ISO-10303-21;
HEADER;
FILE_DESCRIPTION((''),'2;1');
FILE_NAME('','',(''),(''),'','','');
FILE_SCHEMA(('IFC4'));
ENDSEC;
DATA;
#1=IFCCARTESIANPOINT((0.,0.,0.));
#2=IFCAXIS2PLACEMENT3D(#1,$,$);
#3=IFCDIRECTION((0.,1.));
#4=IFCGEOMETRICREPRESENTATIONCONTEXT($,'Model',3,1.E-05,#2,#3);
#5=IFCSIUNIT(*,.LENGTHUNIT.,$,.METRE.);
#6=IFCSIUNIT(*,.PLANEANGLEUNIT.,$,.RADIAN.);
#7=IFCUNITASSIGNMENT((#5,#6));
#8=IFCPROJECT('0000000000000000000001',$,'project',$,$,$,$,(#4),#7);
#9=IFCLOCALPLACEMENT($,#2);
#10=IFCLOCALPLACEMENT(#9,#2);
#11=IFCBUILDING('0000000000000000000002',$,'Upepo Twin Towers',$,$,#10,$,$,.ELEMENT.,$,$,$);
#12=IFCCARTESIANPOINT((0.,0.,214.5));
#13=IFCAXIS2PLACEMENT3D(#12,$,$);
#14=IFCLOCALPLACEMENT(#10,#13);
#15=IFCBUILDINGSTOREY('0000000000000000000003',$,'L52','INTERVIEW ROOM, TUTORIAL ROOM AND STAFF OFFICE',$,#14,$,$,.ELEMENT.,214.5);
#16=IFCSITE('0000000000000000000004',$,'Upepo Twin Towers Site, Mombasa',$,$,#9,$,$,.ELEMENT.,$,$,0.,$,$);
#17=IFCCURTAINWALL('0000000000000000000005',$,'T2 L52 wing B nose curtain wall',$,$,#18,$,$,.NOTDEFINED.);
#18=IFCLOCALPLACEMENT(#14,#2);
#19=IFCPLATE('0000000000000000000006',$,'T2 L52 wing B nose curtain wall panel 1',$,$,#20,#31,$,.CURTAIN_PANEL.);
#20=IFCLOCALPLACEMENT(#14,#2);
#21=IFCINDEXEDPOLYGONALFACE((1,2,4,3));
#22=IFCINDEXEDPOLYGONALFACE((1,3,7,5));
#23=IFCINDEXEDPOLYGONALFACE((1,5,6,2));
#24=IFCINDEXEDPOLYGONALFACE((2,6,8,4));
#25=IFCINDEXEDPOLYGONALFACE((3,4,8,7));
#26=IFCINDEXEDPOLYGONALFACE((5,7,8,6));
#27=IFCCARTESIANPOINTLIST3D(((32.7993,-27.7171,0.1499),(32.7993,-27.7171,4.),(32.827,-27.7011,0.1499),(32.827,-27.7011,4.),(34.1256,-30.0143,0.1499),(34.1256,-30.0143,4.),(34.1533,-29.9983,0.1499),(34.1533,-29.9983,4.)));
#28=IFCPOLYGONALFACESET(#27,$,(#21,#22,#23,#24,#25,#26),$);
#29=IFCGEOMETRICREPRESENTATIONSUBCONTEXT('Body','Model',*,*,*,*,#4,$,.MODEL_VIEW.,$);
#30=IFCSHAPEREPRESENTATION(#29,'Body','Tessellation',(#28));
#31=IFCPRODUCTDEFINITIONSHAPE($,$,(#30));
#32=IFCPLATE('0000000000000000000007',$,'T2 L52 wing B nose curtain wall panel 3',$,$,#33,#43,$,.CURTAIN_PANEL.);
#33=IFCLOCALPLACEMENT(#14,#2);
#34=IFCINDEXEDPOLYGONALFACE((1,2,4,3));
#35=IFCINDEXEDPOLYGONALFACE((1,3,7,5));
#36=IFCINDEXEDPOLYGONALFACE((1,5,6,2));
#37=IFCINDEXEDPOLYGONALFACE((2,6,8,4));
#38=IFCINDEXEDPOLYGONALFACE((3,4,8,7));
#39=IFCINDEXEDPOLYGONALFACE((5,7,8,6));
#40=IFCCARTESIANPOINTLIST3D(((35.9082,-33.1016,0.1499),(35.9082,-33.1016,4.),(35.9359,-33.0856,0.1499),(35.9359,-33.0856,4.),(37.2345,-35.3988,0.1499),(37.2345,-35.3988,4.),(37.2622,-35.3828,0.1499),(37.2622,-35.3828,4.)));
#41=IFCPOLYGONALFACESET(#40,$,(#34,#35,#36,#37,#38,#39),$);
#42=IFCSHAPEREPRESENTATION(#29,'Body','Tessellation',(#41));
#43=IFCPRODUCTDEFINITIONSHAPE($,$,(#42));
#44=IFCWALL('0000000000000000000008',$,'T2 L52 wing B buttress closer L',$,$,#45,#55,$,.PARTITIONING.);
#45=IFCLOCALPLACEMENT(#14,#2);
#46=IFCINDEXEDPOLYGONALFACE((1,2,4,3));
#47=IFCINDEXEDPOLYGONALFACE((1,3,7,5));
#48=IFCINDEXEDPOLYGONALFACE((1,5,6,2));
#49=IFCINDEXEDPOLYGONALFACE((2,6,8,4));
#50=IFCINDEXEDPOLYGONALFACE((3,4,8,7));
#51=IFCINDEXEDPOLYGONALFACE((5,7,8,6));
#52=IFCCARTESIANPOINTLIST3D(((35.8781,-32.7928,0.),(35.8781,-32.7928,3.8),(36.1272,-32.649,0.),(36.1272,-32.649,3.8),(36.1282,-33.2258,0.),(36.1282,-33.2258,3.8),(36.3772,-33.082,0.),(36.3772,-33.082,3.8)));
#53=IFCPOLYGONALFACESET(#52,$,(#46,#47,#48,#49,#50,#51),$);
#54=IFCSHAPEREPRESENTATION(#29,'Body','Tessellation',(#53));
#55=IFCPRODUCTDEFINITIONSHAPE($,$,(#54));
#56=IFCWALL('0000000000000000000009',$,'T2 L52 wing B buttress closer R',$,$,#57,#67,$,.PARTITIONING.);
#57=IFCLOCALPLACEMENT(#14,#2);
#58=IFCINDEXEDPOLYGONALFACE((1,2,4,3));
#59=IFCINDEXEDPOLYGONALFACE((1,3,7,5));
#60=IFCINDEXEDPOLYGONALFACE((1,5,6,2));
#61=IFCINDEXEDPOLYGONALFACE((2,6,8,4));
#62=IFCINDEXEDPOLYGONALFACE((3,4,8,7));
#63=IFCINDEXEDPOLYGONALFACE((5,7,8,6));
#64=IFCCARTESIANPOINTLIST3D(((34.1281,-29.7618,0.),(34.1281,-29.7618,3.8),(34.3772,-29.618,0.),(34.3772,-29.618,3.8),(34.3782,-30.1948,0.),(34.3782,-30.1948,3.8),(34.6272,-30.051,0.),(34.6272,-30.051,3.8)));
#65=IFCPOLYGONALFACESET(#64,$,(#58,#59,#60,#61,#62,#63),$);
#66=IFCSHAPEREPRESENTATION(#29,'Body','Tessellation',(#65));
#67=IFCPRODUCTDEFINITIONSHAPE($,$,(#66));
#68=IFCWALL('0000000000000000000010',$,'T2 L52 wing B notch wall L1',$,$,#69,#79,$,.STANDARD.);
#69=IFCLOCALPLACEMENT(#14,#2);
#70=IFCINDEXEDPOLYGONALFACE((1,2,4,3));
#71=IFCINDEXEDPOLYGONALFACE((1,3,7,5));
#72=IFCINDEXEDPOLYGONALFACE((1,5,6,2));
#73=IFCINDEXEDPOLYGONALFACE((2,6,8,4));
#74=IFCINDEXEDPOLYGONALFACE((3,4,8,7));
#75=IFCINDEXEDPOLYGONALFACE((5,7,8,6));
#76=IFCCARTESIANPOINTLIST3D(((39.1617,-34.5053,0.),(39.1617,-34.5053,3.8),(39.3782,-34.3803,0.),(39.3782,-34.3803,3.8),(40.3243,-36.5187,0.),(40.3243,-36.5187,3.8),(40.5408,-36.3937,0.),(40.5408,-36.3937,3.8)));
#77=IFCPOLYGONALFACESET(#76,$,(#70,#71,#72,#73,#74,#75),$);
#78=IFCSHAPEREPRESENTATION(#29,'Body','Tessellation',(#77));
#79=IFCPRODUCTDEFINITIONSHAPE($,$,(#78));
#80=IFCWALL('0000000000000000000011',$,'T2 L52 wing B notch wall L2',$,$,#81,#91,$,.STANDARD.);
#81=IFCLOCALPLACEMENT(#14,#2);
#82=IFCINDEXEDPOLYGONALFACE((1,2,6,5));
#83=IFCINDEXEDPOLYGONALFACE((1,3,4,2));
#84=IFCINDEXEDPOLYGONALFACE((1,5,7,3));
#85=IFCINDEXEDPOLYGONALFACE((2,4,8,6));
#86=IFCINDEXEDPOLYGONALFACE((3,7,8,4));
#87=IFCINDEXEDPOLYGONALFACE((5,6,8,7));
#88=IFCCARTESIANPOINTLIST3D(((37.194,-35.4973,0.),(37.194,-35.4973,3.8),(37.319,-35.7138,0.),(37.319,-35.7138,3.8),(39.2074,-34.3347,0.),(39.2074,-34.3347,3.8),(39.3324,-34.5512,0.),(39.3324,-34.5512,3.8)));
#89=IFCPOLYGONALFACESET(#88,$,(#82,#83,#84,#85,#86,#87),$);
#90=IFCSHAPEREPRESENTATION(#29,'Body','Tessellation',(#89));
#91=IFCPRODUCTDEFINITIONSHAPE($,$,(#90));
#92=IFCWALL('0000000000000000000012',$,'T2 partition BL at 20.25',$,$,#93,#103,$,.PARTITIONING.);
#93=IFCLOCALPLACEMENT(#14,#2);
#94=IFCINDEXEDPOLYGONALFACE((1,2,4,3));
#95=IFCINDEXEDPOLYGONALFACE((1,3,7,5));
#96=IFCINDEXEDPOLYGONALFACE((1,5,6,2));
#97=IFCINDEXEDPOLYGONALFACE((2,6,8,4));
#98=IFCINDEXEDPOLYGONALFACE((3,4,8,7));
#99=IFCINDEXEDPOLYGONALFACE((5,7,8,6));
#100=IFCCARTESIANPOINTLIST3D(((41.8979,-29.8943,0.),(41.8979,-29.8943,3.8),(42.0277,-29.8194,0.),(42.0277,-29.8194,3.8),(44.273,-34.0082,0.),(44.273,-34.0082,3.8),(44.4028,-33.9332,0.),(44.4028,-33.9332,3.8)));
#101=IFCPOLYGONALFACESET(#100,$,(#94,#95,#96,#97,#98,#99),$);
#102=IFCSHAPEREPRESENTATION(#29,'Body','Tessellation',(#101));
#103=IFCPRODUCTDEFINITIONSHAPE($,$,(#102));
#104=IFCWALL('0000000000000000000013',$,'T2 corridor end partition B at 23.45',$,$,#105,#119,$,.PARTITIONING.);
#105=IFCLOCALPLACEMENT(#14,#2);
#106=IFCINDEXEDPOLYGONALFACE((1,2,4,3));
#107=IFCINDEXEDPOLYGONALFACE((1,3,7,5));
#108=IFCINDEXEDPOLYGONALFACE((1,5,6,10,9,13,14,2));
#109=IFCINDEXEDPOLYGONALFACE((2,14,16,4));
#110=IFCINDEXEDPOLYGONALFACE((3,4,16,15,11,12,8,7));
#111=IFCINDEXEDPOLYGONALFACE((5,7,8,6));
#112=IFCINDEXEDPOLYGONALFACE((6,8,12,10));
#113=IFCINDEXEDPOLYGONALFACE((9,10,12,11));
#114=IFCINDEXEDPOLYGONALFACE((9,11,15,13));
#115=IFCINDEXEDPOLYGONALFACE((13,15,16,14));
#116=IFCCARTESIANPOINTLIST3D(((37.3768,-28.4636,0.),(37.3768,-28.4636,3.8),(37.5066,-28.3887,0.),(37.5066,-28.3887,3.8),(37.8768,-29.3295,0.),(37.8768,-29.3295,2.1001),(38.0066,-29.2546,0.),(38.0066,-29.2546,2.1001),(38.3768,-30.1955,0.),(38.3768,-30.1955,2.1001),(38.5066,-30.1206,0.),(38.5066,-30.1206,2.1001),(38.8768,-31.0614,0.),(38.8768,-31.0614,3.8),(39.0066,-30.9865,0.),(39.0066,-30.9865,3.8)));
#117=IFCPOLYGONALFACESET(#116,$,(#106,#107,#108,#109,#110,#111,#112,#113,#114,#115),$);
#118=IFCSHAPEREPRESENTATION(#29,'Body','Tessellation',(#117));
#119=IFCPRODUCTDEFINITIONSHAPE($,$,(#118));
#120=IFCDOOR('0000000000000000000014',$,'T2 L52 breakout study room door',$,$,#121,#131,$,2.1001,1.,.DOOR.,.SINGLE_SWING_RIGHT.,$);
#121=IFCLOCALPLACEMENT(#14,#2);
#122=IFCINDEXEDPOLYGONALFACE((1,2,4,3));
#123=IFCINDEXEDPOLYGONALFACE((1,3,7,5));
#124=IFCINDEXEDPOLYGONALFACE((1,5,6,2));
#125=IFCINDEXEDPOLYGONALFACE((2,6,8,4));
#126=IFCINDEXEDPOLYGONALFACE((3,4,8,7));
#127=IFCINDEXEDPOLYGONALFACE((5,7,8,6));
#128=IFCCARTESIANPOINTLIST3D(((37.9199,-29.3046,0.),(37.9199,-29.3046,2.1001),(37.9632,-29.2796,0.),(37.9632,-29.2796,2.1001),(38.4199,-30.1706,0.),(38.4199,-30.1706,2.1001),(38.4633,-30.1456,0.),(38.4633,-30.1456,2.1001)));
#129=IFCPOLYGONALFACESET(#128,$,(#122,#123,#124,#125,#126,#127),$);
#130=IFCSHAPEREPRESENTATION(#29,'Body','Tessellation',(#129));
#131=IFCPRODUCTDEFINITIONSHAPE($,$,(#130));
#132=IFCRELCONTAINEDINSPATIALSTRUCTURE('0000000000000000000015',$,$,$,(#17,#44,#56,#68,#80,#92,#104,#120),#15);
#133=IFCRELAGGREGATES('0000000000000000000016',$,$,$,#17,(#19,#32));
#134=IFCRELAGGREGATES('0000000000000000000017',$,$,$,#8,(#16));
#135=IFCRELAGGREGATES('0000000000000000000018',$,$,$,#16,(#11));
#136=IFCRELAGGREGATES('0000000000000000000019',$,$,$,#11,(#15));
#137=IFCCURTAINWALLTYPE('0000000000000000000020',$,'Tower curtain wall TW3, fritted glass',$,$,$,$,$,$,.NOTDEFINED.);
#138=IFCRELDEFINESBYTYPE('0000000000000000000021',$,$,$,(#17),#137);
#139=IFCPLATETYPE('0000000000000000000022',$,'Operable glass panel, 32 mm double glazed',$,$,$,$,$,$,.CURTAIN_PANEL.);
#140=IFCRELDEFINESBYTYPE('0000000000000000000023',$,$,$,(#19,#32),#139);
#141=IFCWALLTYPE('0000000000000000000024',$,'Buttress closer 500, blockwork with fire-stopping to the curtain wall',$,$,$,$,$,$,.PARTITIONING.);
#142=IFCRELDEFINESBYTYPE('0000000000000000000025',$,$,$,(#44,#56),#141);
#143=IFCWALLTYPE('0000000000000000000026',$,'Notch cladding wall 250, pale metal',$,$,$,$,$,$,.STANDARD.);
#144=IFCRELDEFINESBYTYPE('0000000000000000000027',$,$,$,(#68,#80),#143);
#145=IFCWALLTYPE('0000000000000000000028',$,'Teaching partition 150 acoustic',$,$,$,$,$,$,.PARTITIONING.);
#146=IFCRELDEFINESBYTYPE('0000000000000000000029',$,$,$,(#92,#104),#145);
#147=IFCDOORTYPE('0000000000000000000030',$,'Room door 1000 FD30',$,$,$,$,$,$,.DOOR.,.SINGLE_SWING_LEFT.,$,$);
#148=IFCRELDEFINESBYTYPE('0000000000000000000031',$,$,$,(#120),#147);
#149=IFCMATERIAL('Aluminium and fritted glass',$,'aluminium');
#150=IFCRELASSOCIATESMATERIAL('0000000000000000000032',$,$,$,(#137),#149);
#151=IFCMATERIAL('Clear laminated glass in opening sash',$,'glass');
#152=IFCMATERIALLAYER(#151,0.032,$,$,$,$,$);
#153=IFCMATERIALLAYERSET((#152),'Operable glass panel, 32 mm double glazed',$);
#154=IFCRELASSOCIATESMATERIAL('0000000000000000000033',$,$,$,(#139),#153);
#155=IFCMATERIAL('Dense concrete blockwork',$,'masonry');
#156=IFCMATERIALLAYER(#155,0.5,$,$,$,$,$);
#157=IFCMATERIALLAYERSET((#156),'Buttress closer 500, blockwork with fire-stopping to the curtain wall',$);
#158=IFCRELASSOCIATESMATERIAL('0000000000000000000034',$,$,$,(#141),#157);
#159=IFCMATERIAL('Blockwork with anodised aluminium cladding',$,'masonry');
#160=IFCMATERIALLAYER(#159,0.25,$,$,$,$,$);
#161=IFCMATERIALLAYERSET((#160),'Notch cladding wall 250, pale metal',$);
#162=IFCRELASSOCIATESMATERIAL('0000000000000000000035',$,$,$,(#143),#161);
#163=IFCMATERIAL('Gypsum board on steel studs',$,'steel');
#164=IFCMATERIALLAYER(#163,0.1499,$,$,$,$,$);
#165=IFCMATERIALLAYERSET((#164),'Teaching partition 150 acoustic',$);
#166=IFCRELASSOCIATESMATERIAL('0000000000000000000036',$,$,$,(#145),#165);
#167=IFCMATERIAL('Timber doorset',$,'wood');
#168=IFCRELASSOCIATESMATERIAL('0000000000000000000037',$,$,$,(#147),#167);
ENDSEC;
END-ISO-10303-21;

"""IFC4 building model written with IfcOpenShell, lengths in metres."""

from ifc_helpers import new_model, si_unit, direction, frame, frame_2d, origin, origin_2d, place, context, subcontext, project, spatial, rectangle, extrude, material, layer, layer_set, type_object, element, fill, aggregate, save


model = new_model("IFC4")

# Units and contexts
model_context = context("Model", 3, precision=1e-05, world=origin(), true_north=direction((0.0, 1.0)))
body_context = subcontext(model_context, "Body", "Model", "MODEL_VIEW")
ifc_project = project(units=[si_unit("LENGTHUNIT", "METRE"), si_unit("PLANEANGLEUNIT", "RADIAN")], contexts=[model_context])

# Site, building, storey
site_placement = place(None, origin())
site = spatial("IfcSite", under=ifc_project, at=site_placement, Name="Upepo Twin Towers Site, Mombasa", CompositionType="ELEMENT", RefElevation=0.0)
building_placement = place(site_placement, origin())
building = spatial("IfcBuilding", under=site, at=building_placement, Name="Upepo Twin Towers", CompositionType="ELEMENT")
storey_placement = place(building_placement, frame((0.0, 0.0, 214.5)))
storey = spatial("IfcBuildingStorey", under=building, at=storey_placement, Name="L52", Description="INTERVIEW ROOM, TUTORIAL ROOM AND STAFF OFFICE", CompositionType="ELEMENT", Elevation=214.5)

# Shared definitions
ifc_material_1 = material(Name="Aluminium and fritted glass", Category="aluminium")
curtain_wall_type = type_object("IfcCurtainWallType", Name="Tower curtain wall TW3, fritted glass", PredefinedType="NOTDEFINED", material=ifc_material_1)

# Curtain wall
curtain_wall_1_placement = place(storey_placement, origin())
curtain_wall_1 = element("IfcCurtainWall", 1, at=curtain_wall_1_placement, inside=storey, type_object=curtain_wall_type, Name="T2 L52 wing B nose curtain wall", PredefinedType="NOTDEFINED")

# Plates
ifc_material_2 = material(Name="Clear laminated glass in opening sash", Category="glass")
ifc_layer_1 = layer(ifc_material_2, 0.032)
ifc_layer_set_1 = layer_set([ifc_layer_1], Name="Operable glass panel, 32 mm double glazed")
plate_type_1 = type_object("IfcPlateType", Name="Operable glass panel, 32 mm double glazed", PredefinedType="CURTAIN_PANEL", material=ifc_layer_set_1)
plate_1_placement = place(storey_placement, frame((33.4763, -28.8577, 0.1499), z_axis=(0.0, 0.0, 1.0), x_axis=(0.5, -0.866025, 0.0)))
plate_1 = element("IfcPlate", 2, at=plate_1_placement, type_object=plate_type_1, Name="T2 L52 wing B nose curtain wall panel 1", PredefinedType="CURTAIN_PANEL", context=body_context, shape_type="SweptSolid", body=[
    extrude(rectangle(XDim=2.6526, YDim=0.032, at=origin_2d()), origin(), (0.0, 0.0, 1.0), 3.8501),
])
plate_2_placement = place(storey_placement, frame((36.5852, -34.2422, 0.1499), z_axis=(0.0, 0.0, 1.0), x_axis=(0.5, -0.866025, 0.0)))
plate_2 = element("IfcPlate", 3, at=plate_2_placement, type_object=plate_type_1, Name="T2 L52 wing B nose curtain wall panel 3", PredefinedType="CURTAIN_PANEL", context=body_context, shape_type="SweptSolid", body=[
    extrude(rectangle(XDim=2.6526, YDim=0.032, at=origin_2d()), origin(), (0.0, 0.0, 1.0), 3.8501),
])
aggregate(curtain_wall_1, [plate_1, plate_2])

# Walls
ifc_material_3 = material(Name="Dense concrete blockwork", Category="masonry")
ifc_layer_2 = layer(ifc_material_3, 0.5)
ifc_layer_set_2 = layer_set([ifc_layer_2], Name="Buttress closer 500, blockwork with fire-stopping to the curtain wall")
wall_type_1 = type_object("IfcWallType", Name="Buttress closer 500, blockwork with fire-stopping to the curtain wall", PredefinedType="PARTITIONING", material=ifc_layer_set_2)
for number, where, z_axis, x_axis, name in (
    (4, (36.2522, -32.8655, 0.0), (0.0, 0.0, 1.0), (-0.865988, -0.500065, 0.0), "T2 L52 wing B buttress closer L"),
    (5, (34.5022, -29.8345, 0.0), (0.0, 0.0, 1.0), (-0.865988, -0.500065, 0.0), "T2 L52 wing B buttress closer R"),
):
    element("IfcWall", number, at=place(storey_placement, frame(where, z_axis=z_axis, x_axis=x_axis)), inside=storey, type_object=wall_type_1, Name=name, PredefinedType="PARTITIONING", context=body_context, shape_type="SweptSolid", body=[
        extrude(rectangle(XDim=0.2876, YDim=0.5, at=frame_2d((0.1438, 0.0))), origin(), (0.0, 0.0, 1.0), 3.8),
    ])
ifc_material_4 = material(Name="Blockwork with anodised aluminium cladding", Category="masonry")
ifc_layer_3 = layer(ifc_material_4, 0.25)
ifc_layer_set_3 = layer_set([ifc_layer_3], Name="Notch cladding wall 250, pale metal")
wall_type_2 = type_object("IfcWallType", Name="Notch cladding wall 250, pale metal", PredefinedType="STANDARD", material=ifc_layer_set_3)
for number, where, z_axis, x_axis, name in (
    (6, (40.4326, -36.4563, 0.0), (0.0, 0.0, 1.0), (-0.500047, 0.865998, 0.0), "T2 L52 wing B notch wall L1"),
    (7, (39.27, -34.4429, 0.0), (0.0, 0.0, 1.0), (-0.865998, -0.500047, 0.0), "T2 L52 wing B notch wall L2"),
):
    element("IfcWall", number, at=place(storey_placement, frame(where, z_axis=z_axis, x_axis=x_axis)), inside=storey, type_object=wall_type_2, Name=name, PredefinedType="STANDARD", context=body_context, shape_type="SweptSolid", body=[
        extrude(rectangle(XDim=2.325, YDim=0.25, at=frame_2d((1.1626, 0.0))), origin(), (0.0, 0.0, 1.0), 3.8),
    ])
ifc_material_5 = material(Name="Gypsum board on steel studs", Category="steel")
ifc_layer_4 = layer(ifc_material_5, 0.1499)
ifc_layer_set_4 = layer_set([ifc_layer_4], Name="Teaching partition 150 acoustic")
wall_type_3 = type_object("IfcWallType", Name="Teaching partition 150 acoustic", PredefinedType="PARTITIONING", material=ifc_layer_set_4)
wall_1_placement = place(storey_placement, frame((41.9629, -29.8569, 0.0), z_axis=(0.0, 0.0, 1.0), x_axis=(0.499986, -0.866033, 0.0)))
element("IfcWall", 8, at=wall_1_placement, inside=storey, type_object=wall_type_3, Name="T2 partition BL at 20.25", PredefinedType="PARTITIONING", context=body_context, shape_type="SweptSolid", body=[
    extrude(rectangle(XDim=4.7502, YDim=0.1499, at=frame_2d((2.375, 0.0))), origin(), (0.0, 0.0, 1.0), 3.8),
])

# Wall, opening, door
wall_2_placement = place(storey_placement, frame((37.4417, -28.426, 0.0), z_axis=(0.0, 0.0, 1.0), x_axis=(0.500025, -0.866011, 0.0)))
wall_2 = element("IfcWall", 9, at=wall_2_placement, inside=storey, type_object=wall_type_3, Name="T2 corridor end partition B at 23.45", PredefinedType="PARTITIONING", context=body_context, shape_type="SweptSolid", body=[
    extrude(rectangle(XDim=2.9998, YDim=0.1499, at=frame_2d((1.5, 0.0))), origin(), (0.0, 0.0, 1.0), 3.8),
])
opening_placement = place(wall_2_placement, frame((1.0, 0.0, 0.0)))
opening = element("IfcOpeningElement", 10, at=opening_placement, cuts=wall_2, PredefinedType="OPENING", context=body_context, shape_type="SweptSolid", body=[
    extrude(rectangle(XDim=1.0, YDim=2.1001, at=frame_2d((0.5, 1.05))), frame((0.0, 0.085, 0.0), z_axis=(0.0, -1.0, 0.0), x_axis=(1.0, 0.0, 0.0)), (0.0, 0.0, 1.0), 0.1699),
])
ifc_material_6 = material(Name="Timber doorset", Category="wood")
door_type = type_object("IfcDoorType", Name="Room door 1000 FD30", OperationType="SINGLE_SWING_LEFT", PredefinedType="DOOR", material=ifc_material_6)
door_placement = place(opening_placement, origin())
door = element("IfcDoor", 11, at=door_placement, inside=storey, type_object=door_type, Name="T2 L52 breakout study room door", OperationType="SINGLE_SWING_RIGHT", OverallHeight=2.1001, OverallWidth=1.0, PredefinedType="DOOR", context=body_context, shape_type="SweptSolid", body=[
    extrude(rectangle(XDim=1.0, YDim=2.1001, at=frame_2d((0.5, 1.05))), frame((0.0, 0.0249, 0.0), z_axis=(0.0, -1.0, 0.0), x_axis=(1.0, 0.0, 0.0)), (0.0, 0.0, 1.0), 0.05),
])
fill(opening, door)

save(model, "model.ifc")
